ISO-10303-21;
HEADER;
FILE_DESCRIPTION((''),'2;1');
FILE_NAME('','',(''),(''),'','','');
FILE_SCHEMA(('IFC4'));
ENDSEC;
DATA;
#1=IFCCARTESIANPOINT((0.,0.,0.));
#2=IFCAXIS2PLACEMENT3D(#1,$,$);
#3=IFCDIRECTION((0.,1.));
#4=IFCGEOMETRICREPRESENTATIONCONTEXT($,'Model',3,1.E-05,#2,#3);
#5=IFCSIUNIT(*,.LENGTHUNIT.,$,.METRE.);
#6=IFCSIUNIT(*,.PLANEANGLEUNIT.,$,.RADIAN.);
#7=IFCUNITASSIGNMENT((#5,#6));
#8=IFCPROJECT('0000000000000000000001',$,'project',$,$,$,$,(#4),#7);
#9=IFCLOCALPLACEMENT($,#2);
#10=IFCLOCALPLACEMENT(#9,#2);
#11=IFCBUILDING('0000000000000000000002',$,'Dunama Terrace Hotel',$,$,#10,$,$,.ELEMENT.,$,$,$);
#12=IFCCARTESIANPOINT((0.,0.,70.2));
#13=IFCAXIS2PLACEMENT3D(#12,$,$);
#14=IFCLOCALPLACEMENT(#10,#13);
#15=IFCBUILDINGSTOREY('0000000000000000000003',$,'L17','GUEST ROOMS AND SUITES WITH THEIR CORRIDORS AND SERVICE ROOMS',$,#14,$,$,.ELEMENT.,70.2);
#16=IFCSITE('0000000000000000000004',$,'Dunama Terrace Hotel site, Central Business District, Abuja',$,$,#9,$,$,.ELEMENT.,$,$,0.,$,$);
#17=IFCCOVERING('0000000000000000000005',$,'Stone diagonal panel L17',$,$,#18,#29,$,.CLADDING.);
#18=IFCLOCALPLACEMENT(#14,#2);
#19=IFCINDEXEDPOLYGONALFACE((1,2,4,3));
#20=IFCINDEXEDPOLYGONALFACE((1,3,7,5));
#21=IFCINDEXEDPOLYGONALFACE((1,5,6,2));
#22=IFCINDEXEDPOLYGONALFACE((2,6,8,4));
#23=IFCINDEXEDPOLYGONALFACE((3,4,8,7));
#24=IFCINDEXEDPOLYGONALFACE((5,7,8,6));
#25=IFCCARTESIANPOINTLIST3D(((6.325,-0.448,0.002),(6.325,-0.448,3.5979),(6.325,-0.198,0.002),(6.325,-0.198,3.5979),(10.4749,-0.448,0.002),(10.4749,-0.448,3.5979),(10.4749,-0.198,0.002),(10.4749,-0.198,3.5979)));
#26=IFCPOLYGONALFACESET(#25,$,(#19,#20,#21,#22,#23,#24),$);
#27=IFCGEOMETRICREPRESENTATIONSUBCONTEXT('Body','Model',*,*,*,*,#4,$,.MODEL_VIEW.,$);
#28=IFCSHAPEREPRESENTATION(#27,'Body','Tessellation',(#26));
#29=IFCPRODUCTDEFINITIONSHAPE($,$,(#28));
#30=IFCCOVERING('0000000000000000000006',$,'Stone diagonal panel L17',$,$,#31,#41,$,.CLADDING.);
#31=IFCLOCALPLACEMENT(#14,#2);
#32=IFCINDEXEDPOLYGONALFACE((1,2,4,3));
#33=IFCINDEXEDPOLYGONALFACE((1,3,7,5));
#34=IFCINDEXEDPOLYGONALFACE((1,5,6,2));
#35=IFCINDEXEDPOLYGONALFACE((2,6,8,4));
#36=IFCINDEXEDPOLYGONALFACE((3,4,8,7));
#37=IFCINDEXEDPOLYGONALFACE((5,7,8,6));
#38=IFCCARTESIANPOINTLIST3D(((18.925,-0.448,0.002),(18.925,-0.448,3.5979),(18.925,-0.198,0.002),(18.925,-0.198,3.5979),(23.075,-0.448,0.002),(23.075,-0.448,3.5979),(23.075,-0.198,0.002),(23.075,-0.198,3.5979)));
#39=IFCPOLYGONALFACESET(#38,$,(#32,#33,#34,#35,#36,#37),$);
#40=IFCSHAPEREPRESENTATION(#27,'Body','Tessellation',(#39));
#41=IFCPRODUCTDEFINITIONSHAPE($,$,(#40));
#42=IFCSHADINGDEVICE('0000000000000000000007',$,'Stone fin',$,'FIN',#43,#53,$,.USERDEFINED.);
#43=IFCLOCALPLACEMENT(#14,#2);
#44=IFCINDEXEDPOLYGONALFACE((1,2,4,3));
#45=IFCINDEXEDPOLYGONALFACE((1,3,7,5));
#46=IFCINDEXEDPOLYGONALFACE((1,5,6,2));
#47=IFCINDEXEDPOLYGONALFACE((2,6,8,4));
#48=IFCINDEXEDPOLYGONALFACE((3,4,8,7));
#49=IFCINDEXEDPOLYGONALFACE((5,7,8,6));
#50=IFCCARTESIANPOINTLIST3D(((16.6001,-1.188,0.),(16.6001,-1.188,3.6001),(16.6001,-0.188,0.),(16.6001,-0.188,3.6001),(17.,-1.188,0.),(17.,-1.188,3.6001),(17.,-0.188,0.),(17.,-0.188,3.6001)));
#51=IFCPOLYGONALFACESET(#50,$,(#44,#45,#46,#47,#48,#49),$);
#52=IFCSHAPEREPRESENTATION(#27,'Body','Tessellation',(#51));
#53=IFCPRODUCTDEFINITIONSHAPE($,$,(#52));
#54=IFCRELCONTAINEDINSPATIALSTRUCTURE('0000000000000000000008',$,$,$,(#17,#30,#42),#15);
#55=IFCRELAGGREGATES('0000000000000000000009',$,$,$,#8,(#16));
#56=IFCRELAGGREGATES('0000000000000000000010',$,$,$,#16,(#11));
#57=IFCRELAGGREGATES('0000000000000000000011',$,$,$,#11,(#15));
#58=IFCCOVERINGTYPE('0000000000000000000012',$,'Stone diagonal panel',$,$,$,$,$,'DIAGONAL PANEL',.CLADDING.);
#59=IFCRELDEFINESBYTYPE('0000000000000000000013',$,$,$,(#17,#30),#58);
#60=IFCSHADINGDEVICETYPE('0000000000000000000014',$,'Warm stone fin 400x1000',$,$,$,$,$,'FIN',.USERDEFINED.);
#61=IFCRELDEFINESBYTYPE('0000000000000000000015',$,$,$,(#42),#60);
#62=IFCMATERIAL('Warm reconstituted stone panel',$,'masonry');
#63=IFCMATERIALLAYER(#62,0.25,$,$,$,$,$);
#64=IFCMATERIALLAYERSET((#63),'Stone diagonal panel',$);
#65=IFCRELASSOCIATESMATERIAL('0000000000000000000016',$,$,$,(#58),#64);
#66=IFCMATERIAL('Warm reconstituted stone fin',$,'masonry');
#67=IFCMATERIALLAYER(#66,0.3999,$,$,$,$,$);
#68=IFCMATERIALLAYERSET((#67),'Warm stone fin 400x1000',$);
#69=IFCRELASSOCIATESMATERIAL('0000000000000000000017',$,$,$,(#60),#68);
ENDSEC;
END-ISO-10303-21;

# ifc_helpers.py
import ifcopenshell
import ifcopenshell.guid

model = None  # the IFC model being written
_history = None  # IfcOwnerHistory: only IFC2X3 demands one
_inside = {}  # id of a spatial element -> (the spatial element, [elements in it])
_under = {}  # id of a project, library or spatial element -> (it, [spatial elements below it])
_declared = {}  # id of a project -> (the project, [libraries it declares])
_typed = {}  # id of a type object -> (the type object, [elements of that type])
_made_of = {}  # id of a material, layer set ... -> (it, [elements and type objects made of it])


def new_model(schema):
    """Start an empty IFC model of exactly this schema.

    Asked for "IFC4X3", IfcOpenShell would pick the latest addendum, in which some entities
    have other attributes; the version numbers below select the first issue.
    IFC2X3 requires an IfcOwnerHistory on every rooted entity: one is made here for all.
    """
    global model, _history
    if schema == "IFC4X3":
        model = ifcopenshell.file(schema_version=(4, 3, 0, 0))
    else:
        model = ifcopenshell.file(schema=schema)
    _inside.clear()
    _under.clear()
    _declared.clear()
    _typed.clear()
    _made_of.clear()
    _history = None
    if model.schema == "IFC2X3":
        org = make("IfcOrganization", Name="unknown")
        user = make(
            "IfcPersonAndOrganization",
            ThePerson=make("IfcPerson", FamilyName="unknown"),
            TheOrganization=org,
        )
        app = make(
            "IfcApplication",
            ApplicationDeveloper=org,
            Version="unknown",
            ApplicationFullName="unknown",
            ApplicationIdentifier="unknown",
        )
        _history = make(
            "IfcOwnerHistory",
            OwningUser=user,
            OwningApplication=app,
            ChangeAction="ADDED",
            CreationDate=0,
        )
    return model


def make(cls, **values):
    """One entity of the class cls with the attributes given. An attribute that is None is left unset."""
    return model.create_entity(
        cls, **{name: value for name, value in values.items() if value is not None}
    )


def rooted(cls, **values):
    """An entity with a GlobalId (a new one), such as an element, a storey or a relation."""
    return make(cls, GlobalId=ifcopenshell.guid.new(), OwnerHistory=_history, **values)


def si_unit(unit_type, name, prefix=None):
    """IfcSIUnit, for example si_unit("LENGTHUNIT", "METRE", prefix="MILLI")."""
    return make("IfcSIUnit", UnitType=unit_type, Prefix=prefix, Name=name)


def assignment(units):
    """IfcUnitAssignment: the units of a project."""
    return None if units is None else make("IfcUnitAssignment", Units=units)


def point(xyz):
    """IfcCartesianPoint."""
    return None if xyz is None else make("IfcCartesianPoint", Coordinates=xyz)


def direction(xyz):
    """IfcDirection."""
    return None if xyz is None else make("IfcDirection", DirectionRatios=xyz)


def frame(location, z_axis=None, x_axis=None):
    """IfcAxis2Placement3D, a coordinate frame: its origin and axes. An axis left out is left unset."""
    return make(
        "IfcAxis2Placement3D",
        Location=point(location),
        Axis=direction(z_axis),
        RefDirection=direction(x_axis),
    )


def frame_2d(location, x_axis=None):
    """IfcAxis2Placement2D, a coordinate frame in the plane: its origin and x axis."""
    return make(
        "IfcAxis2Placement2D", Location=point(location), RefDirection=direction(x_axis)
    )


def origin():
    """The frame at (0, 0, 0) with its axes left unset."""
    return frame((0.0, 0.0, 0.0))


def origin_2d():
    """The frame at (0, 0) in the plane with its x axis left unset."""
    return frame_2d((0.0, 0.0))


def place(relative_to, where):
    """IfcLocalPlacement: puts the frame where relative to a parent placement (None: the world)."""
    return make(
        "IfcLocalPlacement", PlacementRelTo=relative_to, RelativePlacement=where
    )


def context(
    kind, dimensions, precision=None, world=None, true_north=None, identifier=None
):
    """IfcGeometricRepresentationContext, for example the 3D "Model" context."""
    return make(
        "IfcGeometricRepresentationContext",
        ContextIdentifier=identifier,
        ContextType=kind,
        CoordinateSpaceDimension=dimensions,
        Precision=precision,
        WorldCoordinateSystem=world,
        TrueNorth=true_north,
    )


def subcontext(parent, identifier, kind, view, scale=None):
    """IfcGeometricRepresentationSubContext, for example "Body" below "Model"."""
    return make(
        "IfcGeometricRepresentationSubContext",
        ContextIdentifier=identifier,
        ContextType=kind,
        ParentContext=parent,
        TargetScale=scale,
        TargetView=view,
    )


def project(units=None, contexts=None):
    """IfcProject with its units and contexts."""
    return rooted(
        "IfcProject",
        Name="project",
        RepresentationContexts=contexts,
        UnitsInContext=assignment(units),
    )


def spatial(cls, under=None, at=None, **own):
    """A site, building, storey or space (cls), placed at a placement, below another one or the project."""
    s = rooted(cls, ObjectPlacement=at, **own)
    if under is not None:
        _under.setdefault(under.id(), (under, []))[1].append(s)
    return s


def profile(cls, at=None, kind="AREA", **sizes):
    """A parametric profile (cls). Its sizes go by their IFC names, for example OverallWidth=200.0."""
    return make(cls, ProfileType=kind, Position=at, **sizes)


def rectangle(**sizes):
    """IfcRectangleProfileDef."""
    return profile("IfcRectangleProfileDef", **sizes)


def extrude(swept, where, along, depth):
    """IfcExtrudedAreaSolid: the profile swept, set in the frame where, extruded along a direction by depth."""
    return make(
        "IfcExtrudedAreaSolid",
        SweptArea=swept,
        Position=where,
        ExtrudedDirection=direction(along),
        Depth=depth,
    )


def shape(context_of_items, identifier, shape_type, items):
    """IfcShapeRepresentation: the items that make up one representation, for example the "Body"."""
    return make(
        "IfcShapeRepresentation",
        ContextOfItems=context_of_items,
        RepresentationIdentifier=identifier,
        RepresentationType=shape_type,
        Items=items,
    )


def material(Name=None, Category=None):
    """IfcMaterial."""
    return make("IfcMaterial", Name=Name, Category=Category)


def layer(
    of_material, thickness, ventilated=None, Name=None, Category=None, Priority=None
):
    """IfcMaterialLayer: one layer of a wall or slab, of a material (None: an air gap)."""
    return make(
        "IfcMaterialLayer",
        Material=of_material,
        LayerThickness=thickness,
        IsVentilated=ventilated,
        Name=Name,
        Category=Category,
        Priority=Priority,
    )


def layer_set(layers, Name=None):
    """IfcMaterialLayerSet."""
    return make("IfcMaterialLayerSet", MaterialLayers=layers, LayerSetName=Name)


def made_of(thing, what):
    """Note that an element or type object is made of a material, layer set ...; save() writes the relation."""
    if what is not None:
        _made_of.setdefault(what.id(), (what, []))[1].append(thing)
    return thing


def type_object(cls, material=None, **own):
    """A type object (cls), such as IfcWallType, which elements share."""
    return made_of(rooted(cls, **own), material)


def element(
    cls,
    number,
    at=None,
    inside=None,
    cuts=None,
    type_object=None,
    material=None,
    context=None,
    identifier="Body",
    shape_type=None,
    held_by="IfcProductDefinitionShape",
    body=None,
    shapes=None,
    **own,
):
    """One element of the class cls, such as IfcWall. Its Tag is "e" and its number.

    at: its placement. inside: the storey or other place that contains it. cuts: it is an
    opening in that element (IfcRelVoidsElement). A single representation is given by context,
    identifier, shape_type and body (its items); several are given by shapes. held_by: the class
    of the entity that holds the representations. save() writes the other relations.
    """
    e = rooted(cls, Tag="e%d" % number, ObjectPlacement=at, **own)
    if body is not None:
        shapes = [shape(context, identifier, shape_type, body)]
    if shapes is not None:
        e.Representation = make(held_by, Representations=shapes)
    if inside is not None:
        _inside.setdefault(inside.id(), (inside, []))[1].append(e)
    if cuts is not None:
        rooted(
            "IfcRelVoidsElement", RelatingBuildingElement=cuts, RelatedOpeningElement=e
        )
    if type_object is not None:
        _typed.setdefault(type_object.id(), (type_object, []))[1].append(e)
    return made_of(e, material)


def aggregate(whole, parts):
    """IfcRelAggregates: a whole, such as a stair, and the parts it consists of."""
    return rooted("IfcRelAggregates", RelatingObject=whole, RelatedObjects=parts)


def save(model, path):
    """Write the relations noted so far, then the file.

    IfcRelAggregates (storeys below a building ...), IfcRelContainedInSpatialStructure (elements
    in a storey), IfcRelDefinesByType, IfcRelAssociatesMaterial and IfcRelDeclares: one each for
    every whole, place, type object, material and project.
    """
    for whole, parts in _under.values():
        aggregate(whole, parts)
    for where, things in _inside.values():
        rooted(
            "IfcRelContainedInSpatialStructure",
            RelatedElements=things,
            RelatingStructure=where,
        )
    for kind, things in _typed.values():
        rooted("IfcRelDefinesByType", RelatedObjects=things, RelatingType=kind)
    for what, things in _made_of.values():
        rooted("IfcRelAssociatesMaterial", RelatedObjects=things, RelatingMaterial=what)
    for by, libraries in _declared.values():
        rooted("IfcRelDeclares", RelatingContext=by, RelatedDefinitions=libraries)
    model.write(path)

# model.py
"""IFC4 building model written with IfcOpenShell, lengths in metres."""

from ifc_helpers import new_model, si_unit, direction, frame, origin, origin_2d, place, context, subcontext, project, spatial, rectangle, extrude, material, layer, layer_set, type_object, element, save


model = new_model("IFC4")

# Units and contexts
model_context = context("Model", 3, precision=1e-05, world=origin(), true_north=direction((0.0, 1.0)))
body_context = subcontext(model_context, "Body", "Model", "MODEL_VIEW")
ifc_project = project(units=[si_unit("LENGTHUNIT", "METRE"), si_unit("PLANEANGLEUNIT", "RADIAN")], contexts=[model_context])

# Site, building, storey
site_placement = place(None, origin())
site = spatial("IfcSite", under=ifc_project, at=site_placement, Name="Dunama Terrace Hotel site, Central Business District, Abuja", CompositionType="ELEMENT", RefElevation=0.0)
building_placement = place(site_placement, origin())
building = spatial("IfcBuilding", under=site, at=building_placement, Name="Dunama Terrace Hotel", CompositionType="ELEMENT")
storey_placement = place(building_placement, frame((0.0, 0.0, 70.2)))
storey = spatial("IfcBuildingStorey", under=building, at=storey_placement, Name="L17", Description="GUEST ROOMS AND SUITES WITH THEIR CORRIDORS AND SERVICE ROOMS", CompositionType="ELEMENT", Elevation=70.2)

# Coverings
ifc_material_1 = material(Name="Warm reconstituted stone panel", Category="masonry")
ifc_layer_1 = layer(ifc_material_1, 0.25)
ifc_layer_set_1 = layer_set([ifc_layer_1], Name="Stone diagonal panel")
covering_type = type_object("IfcCoveringType", Name="Stone diagonal panel", ElementType="DIAGONAL PANEL", PredefinedType="CLADDING", material=ifc_layer_set_1)
for number, where, z_axis, x_axis, name in (
    (1, (8.3999, -0.323, 0.002), (0.0, 0.0, 1.0), (1.0, 0.0, 0.0), "Stone diagonal panel L17"),
    (2, (21.0, -0.323, 0.002), (0.0, 0.0, 1.0), (1.0, 0.0, 0.0), "Stone diagonal panel L17"),
):
    element("IfcCovering", number, at=place(storey_placement, frame(where, z_axis=z_axis, x_axis=x_axis)), inside=storey, type_object=covering_type, Name=name, PredefinedType="CLADDING", context=body_context, shape_type="SweptSolid", body=[
        extrude(rectangle(XDim=4.1499, YDim=0.25, at=origin_2d()), origin(), (0.0, 0.0, 1.0), 3.5959),
    ])

# Shading device
ifc_material_2 = material(Name="Warm reconstituted stone fin", Category="masonry")
ifc_layer_2 = layer(ifc_material_2, 0.3999)
ifc_layer_set_2 = layer_set([ifc_layer_2], Name="Warm stone fin 400x1000")
shading_device_type = type_object("IfcShadingDeviceType", Name="Warm stone fin 400x1000", ElementType="FIN", PredefinedType="USERDEFINED", material=ifc_layer_set_2)
shading_device_placement = place(storey_placement, frame((16.8, -0.688, 0.0), z_axis=(0.0, 0.0, 1.0), x_axis=(1.0, 0.0, 0.0)))
element("IfcShadingDevice", 3, at=shading_device_placement, inside=storey, type_object=shading_device_type, Name="Stone fin", ObjectType="FIN", PredefinedType="USERDEFINED", context=body_context, shape_type="SweptSolid", body=[
    extrude(rectangle(XDim=0.3999, YDim=1.0, at=origin_2d()), origin(), (0.0, 0.0, 1.0), 3.6001),
])

save(model, "model.ifc")
